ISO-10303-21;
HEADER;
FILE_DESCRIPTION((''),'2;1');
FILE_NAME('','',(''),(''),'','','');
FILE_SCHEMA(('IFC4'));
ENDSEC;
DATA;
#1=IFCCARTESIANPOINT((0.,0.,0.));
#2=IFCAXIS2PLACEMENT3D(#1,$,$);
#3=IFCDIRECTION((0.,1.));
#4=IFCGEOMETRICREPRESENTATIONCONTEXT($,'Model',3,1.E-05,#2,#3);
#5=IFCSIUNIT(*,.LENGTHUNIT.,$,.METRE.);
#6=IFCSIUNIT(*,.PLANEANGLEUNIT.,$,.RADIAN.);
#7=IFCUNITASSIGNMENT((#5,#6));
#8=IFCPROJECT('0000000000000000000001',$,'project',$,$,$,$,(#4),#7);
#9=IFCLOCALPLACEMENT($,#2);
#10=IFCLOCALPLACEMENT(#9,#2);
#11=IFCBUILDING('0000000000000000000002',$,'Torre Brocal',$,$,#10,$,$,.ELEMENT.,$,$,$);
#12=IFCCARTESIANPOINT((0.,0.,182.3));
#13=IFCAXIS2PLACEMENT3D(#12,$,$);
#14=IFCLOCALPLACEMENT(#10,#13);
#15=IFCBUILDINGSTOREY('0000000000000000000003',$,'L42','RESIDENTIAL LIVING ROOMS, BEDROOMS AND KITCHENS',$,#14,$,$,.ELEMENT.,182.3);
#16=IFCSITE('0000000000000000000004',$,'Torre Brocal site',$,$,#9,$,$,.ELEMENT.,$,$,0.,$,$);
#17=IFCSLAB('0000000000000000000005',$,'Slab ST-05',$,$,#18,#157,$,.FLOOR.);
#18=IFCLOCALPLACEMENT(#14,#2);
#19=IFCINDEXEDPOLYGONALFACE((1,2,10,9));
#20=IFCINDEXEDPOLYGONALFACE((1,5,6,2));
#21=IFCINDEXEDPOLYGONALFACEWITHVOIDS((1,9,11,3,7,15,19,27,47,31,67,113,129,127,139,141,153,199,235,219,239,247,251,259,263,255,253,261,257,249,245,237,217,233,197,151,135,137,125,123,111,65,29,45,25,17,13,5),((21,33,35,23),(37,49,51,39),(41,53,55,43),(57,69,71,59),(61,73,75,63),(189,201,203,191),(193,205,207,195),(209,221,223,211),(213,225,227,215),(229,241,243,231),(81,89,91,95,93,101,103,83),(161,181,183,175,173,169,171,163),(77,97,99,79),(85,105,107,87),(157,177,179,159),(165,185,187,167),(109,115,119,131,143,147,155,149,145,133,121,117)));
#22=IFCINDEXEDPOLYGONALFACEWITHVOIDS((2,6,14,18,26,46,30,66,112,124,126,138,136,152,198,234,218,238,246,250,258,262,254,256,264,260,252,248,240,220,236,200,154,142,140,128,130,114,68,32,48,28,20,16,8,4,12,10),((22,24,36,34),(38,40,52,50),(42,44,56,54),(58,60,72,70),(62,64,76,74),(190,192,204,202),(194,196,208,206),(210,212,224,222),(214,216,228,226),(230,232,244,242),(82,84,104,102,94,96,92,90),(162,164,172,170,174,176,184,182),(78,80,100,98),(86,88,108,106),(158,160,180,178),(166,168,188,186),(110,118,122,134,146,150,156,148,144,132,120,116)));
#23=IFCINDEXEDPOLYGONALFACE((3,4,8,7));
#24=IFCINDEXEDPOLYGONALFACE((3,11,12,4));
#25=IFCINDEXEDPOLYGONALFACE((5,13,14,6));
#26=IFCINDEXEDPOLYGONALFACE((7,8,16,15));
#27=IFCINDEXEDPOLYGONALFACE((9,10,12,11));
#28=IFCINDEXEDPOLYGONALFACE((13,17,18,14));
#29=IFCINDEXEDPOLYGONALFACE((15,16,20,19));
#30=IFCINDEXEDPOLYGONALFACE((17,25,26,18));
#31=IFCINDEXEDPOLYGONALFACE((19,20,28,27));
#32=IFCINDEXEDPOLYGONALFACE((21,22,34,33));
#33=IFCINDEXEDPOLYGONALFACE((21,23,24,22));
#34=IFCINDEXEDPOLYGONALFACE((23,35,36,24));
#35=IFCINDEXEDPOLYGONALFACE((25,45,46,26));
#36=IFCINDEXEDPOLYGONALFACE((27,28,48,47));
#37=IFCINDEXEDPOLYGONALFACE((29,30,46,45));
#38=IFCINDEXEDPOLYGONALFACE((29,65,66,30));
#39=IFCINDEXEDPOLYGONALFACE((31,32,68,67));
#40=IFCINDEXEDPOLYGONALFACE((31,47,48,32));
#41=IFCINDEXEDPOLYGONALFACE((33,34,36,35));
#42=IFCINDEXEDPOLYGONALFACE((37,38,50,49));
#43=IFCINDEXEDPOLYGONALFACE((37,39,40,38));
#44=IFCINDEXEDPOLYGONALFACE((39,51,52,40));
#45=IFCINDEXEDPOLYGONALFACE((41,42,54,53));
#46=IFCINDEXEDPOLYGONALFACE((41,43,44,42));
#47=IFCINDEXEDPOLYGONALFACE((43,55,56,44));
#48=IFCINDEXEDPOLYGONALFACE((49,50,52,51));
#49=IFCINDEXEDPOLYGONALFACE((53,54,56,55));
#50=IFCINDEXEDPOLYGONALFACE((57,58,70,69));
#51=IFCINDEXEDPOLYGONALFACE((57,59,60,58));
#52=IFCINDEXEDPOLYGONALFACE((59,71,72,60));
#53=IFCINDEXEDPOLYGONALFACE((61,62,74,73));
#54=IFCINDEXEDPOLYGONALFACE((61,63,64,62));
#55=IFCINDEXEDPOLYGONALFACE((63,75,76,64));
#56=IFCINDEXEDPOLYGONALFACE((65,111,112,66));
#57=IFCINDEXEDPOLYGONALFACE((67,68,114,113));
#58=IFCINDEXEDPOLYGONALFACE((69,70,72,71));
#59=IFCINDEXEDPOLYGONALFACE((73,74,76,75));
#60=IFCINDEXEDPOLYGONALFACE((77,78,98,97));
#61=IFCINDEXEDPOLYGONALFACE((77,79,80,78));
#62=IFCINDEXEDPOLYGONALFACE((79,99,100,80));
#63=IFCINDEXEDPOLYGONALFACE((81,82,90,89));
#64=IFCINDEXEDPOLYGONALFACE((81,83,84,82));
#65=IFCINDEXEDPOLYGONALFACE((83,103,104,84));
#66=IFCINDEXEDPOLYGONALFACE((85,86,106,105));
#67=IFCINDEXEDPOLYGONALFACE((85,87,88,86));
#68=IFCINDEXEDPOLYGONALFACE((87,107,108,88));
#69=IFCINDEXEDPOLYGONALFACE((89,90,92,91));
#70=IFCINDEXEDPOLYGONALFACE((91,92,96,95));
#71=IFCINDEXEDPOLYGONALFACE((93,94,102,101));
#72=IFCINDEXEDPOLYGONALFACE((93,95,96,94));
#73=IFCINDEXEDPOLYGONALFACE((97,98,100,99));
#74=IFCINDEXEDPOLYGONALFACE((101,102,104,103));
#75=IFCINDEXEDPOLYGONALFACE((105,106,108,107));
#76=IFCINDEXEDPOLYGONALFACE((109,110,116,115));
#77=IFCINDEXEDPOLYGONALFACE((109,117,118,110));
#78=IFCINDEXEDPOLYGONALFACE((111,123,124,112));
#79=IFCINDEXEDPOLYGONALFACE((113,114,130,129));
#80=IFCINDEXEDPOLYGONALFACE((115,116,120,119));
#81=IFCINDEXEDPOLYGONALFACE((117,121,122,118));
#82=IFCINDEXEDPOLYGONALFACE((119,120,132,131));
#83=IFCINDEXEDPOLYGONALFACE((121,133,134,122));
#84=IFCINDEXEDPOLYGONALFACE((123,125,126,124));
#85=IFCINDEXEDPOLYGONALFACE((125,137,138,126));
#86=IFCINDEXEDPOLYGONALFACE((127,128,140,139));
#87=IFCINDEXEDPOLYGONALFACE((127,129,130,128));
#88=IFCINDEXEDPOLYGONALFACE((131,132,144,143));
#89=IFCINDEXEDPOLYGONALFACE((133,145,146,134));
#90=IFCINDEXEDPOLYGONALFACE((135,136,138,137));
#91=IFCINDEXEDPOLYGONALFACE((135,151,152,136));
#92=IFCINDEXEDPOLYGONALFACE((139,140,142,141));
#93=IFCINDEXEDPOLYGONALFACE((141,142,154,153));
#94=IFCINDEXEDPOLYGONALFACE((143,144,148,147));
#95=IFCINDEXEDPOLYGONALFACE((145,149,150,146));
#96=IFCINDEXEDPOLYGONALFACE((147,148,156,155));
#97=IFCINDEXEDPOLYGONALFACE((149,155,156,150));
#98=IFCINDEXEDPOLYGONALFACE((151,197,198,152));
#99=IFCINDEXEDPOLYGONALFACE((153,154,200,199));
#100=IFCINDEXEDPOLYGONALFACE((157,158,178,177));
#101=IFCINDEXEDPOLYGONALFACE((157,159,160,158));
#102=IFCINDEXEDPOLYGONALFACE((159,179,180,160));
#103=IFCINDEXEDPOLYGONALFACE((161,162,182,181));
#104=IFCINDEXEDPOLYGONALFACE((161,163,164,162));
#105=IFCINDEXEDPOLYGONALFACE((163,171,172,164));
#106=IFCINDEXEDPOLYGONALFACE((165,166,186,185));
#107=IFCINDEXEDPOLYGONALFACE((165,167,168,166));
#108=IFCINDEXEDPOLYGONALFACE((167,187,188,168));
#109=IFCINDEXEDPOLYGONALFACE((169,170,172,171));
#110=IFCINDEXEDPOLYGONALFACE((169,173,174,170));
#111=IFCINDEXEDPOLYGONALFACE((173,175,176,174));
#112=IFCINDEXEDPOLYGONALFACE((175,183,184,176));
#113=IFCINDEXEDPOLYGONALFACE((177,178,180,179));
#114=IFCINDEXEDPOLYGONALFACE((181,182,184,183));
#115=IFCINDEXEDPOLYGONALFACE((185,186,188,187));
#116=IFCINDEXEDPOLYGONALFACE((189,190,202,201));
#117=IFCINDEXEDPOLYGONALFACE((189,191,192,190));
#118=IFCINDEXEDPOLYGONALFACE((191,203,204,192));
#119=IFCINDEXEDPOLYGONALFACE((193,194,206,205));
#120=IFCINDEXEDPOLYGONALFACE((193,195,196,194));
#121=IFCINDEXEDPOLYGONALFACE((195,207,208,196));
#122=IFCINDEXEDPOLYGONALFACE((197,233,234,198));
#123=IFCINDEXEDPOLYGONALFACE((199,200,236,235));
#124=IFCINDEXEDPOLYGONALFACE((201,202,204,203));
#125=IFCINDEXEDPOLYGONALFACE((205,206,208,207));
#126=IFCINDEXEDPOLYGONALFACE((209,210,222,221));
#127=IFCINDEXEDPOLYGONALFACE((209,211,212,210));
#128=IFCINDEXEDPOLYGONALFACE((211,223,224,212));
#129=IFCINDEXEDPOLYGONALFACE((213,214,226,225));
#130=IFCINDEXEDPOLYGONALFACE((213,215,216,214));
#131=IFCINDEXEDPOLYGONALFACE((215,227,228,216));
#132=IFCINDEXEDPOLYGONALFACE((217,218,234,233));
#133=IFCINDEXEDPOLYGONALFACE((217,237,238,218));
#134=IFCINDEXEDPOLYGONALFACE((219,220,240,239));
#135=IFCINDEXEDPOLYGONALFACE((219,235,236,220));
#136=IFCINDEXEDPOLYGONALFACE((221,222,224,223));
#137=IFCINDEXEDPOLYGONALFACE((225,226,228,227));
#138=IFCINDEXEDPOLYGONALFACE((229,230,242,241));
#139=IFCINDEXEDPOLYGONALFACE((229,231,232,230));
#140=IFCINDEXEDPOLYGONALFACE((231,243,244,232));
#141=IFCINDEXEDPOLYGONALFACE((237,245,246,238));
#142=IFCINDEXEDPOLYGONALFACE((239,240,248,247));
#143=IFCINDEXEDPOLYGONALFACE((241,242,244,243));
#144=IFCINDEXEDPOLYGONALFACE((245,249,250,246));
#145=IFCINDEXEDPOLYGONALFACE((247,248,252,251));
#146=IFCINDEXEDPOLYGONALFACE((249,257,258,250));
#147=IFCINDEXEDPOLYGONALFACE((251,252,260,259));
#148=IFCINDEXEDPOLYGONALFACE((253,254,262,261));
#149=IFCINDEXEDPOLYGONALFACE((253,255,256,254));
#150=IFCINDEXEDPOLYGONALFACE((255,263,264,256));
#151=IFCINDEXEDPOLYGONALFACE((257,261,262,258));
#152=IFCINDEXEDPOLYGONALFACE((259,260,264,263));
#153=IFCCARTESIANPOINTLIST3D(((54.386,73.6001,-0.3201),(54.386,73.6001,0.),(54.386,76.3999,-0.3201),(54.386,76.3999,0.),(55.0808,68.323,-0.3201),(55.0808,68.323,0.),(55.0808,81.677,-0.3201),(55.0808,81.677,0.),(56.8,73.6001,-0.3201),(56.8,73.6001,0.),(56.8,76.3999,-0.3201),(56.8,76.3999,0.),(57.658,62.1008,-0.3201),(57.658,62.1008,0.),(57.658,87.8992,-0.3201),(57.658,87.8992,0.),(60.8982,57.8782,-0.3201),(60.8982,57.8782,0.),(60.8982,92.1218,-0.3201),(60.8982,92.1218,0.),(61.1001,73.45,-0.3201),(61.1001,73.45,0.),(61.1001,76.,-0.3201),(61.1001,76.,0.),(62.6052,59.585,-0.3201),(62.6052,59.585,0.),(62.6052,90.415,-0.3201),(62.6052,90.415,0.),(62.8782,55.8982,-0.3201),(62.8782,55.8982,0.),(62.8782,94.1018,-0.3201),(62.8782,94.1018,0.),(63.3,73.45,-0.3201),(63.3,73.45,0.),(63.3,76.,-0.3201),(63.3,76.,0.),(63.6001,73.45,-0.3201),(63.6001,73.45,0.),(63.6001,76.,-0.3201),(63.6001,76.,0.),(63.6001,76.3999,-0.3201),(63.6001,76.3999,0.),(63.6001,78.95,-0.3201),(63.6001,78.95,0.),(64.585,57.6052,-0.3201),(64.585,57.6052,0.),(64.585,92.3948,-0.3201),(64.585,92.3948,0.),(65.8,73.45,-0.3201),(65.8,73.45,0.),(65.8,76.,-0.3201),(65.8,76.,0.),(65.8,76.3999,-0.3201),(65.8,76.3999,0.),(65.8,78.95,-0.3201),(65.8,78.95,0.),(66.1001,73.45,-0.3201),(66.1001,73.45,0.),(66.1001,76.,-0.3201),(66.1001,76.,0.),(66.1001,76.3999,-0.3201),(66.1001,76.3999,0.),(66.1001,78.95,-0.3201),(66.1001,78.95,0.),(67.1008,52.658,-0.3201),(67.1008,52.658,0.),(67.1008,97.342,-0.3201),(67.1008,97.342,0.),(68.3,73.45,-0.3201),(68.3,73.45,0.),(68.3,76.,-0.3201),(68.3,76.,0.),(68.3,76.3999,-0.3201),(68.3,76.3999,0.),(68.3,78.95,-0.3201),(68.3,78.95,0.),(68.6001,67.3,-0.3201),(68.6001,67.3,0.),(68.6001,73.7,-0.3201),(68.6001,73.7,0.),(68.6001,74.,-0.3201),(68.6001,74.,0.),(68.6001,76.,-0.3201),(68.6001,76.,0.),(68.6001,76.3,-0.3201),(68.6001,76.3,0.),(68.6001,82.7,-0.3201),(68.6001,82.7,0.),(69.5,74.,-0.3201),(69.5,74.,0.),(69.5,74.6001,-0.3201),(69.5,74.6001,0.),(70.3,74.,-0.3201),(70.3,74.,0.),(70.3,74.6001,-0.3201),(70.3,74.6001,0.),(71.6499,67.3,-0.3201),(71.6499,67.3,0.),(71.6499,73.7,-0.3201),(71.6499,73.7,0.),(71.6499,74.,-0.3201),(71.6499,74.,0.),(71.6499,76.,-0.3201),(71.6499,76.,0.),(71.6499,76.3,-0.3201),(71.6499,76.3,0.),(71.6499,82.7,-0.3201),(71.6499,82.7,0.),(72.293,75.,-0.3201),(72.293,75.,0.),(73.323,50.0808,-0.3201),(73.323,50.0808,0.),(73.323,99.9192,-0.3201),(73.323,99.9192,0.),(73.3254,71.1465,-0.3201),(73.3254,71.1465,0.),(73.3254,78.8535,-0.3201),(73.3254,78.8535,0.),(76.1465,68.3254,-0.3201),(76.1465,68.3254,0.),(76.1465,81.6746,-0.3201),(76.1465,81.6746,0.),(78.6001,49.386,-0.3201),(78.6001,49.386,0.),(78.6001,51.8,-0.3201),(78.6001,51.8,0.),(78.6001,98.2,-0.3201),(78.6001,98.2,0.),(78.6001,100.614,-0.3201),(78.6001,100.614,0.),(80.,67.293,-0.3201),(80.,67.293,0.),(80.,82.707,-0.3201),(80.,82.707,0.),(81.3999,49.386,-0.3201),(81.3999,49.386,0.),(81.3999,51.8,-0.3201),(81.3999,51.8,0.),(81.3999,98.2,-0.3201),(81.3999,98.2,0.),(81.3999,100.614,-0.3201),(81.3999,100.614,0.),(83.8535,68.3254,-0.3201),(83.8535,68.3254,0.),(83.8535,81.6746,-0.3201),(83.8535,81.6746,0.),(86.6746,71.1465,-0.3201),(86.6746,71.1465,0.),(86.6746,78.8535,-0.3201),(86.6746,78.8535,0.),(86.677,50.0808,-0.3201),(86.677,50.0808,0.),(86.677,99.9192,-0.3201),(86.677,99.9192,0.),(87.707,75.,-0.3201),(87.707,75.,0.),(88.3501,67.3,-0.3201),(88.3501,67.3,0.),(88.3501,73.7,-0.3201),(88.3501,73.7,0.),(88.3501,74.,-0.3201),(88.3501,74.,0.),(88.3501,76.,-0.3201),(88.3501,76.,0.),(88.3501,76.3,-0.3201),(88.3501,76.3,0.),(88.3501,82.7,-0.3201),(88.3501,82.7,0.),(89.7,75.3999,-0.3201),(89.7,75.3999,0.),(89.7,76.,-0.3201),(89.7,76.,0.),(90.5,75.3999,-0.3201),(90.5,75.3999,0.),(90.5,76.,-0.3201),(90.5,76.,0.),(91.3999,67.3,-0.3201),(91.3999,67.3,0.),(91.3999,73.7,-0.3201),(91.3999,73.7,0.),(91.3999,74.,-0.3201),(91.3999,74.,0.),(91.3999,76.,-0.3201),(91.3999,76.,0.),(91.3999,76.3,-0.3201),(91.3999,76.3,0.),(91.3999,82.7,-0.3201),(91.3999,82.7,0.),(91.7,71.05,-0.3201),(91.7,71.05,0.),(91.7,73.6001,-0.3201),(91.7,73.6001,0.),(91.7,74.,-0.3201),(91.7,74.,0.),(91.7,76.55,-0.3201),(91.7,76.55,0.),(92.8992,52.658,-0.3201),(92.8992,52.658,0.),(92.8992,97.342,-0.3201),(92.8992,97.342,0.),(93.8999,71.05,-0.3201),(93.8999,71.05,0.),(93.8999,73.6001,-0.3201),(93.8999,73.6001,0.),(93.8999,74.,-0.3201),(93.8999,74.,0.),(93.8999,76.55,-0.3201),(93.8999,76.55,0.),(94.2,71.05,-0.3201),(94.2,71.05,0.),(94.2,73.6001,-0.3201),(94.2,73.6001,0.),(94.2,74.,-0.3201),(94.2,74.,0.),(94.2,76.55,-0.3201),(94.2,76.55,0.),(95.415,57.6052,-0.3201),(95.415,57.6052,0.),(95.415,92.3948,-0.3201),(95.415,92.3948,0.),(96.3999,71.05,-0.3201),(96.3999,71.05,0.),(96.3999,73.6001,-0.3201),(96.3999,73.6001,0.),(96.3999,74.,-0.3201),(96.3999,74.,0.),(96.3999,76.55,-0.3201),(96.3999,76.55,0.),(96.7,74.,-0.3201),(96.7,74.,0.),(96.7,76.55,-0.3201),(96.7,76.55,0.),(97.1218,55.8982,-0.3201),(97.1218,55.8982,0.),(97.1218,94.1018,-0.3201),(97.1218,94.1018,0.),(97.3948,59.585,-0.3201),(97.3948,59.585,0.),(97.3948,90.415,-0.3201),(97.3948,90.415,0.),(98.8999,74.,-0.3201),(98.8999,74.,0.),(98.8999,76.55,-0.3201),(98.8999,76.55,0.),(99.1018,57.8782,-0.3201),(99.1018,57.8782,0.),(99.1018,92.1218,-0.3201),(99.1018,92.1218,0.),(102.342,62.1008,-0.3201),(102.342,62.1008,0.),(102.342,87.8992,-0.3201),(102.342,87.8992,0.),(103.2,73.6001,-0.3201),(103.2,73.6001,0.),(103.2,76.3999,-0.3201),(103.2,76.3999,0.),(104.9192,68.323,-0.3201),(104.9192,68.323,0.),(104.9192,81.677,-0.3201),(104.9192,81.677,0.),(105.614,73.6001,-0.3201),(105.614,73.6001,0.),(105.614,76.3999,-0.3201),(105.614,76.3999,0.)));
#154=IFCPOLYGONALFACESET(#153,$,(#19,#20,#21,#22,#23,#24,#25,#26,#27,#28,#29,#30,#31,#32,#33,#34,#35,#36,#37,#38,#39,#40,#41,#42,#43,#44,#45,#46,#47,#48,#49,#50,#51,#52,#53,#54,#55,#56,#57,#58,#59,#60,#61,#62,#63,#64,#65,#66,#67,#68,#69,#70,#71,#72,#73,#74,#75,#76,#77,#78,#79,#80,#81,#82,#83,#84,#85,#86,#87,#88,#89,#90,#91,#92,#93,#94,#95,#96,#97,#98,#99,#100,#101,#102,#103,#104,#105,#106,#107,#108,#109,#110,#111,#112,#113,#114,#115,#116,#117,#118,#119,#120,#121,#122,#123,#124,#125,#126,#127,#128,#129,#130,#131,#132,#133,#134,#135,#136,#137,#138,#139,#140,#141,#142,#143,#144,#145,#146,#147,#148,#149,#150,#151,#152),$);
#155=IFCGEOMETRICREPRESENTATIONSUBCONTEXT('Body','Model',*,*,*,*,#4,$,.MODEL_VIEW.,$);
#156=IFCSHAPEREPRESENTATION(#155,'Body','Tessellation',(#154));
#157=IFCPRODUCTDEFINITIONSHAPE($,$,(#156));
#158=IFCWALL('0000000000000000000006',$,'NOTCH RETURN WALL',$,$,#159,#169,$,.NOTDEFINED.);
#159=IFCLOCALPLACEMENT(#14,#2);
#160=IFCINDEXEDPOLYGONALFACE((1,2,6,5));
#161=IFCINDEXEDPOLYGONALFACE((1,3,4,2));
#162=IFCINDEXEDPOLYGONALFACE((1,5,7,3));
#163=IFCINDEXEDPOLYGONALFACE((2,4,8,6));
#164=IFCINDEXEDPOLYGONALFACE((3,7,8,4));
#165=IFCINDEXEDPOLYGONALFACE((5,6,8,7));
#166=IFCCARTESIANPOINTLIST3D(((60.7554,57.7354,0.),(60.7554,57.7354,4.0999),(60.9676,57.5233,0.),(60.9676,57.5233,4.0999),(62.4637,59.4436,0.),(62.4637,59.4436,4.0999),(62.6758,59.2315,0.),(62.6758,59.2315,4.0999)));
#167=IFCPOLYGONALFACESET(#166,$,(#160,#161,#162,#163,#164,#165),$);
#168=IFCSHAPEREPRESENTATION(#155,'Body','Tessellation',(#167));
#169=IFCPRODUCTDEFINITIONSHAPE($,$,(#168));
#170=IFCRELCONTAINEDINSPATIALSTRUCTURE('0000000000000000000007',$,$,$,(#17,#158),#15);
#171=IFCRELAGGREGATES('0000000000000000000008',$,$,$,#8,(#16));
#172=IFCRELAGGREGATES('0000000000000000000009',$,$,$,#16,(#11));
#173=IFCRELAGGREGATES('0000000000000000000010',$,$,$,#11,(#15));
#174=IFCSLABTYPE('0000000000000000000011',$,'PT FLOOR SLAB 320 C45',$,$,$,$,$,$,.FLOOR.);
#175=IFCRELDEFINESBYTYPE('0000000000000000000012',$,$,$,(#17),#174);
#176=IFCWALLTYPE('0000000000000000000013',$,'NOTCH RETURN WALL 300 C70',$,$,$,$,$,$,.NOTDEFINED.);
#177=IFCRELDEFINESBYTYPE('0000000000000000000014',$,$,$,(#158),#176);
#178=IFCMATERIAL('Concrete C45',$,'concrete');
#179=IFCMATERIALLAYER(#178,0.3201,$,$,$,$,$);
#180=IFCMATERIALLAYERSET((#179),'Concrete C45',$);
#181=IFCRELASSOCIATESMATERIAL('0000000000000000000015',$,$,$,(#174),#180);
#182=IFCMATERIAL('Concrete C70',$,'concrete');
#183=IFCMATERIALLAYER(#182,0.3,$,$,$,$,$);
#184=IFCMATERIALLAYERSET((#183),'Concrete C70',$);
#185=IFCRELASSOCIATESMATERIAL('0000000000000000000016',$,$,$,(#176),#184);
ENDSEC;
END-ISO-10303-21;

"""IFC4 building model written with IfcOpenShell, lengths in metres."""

from ifc_helpers import new_model, si_unit, direction, frame, frame_2d, origin, place, context, subcontext, project, spatial, polyline, rectangle, outline, extrude, material, layer, layer_set, type_object, element, save


model = new_model("IFC4")

# Units and contexts
model_context = context("Model", 3, precision=1e-05, world=origin(), true_north=direction((0.0, 1.0)))
body_context = subcontext(model_context, "Body", "Model", "MODEL_VIEW")
ifc_project = project(units=[si_unit("LENGTHUNIT", "METRE"), si_unit("PLANEANGLEUNIT", "RADIAN")], contexts=[model_context])

# Site, building, storey
site_placement = place(None, origin())
site = spatial("IfcSite", under=ifc_project, at=site_placement, Name="Torre Brocal site", CompositionType="ELEMENT", RefElevation=0.0)
building_placement = place(site_placement, origin())
building = spatial("IfcBuilding", under=site, at=building_placement, Name="Torre Brocal", CompositionType="ELEMENT")
storey_placement = place(building_placement, frame((0.0, 0.0, 182.3)))
storey = spatial("IfcBuildingStorey", under=building, at=storey_placement, Name="L42", Description="RESIDENTIAL LIVING ROOMS, BEDROOMS AND KITCHENS", CompositionType="ELEMENT", Elevation=182.3)

# Slab
ifc_material_1 = material(Name="Concrete C45", Category="concrete")
ifc_layer_1 = layer(ifc_material_1, 0.3201)
ifc_layer_set_1 = layer_set([ifc_layer_1], Name="Concrete C45")
slab_type_1 = type_object("IfcSlabType", Name="PT FLOOR SLAB 320 C45", PredefinedType="FLOOR", material=ifc_layer_set_1)
slab_1_placement = place(storey_placement, frame((0.0, 0.0, -0.3201)))
element("IfcSlab", 1, at=slab_1_placement, inside=storey, type_object=slab_type_1, Name="Slab ST-05", PredefinedType="FLOOR", context=body_context, shape_type="SweptSolid", body=[
    extrude(outline(polyline([(103.2, 76.3999), (103.2, 73.6001), (105.614, 73.6001), (104.9192, 68.323), (102.342, 62.1008), (99.1018, 57.8782), (97.3948, 59.585), (95.415, 57.6052), (97.1218, 55.8982), (92.8992, 52.658), (86.677, 50.0808), (81.3999, 49.386), (81.3999, 51.8), (78.6001, 51.8), (78.6001, 49.386), (73.323, 50.0808), (67.1008, 52.658), (62.8782, 55.8982), (64.585, 57.6052), (62.6052, 59.585), (60.8982, 57.8782), (57.658, 62.1008), (55.0808, 68.323), (54.386, 73.6001), (56.8, 73.6001), (56.8, 76.3999), (54.386, 76.3999), (55.0808, 81.677), (57.658, 87.8992), (60.8982, 92.1218), (62.6052, 90.415), (64.585, 92.3948), (62.8782, 94.1018), (67.1008, 97.342), (73.323, 99.9192), (78.6001, 100.614), (78.6001, 98.2), (81.3999, 98.2), (81.3999, 100.614), (86.677, 99.9192), (92.8992, 97.342), (97.1218, 94.1018), (95.415, 92.3948), (97.3948, 90.415), (99.1018, 92.1218), (102.342, 87.8992), (104.9192, 81.677), (105.614, 76.3999), (103.2, 76.3999)]), holes=[polyline([(98.8999, 76.55), (96.7, 76.55), (96.7, 74.0), (98.8999, 74.0), (98.8999, 76.55)]), polyline([(96.3999, 76.55), (94.2, 76.55), (94.2, 74.0), (96.3999, 74.0), (96.3999, 76.55)]), polyline([(96.3999, 73.6001), (94.2, 73.6001), (94.2, 71.05), (96.3999, 71.05), (96.3999, 73.6001)]), polyline([(93.8999, 76.55), (91.7, 76.55), (91.7, 74.0), (93.8999, 74.0), (93.8999, 76.55)]), polyline([(93.8999, 73.6001), (91.7, 73.6001), (91.7, 71.05), (93.8999, 71.05), (93.8999, 73.6001)]), polyline([(89.7, 76.0), (88.3501, 76.0), (88.3501, 74.0), (91.3999, 74.0), (91.3999, 76.0), (90.5, 76.0), (90.5, 75.3999), (89.7, 75.3999), (89.7, 76.0)]), polyline([(91.3999, 82.7), (88.3501, 82.7), (88.3501, 76.3), (91.3999, 76.3), (91.3999, 82.7)]), polyline([(91.3999, 73.7), (88.3501, 73.7), (88.3501, 67.3), (91.3999, 67.3), (91.3999, 73.7)]), polyline([(80.0, 82.707), (76.1465, 81.6746), (73.3254, 78.8535), (72.293, 75.0), (73.3254, 71.1465), (76.1465, 68.3254), (80.0, 67.293), (83.8535, 68.3254), (86.6746, 71.1465), (87.707, 75.0), (86.6746, 78.8535), (83.8535, 81.6746), (80.0, 82.707)]), polyline([(70.3, 74.0), (71.6499, 74.0), (71.6499, 76.0), (68.6001, 76.0), (68.6001, 74.0), (69.5, 74.0), (69.5, 74.6001), (70.3, 74.6001), (70.3, 74.0)]), polyline([(68.6001, 76.3), (71.6499, 76.3), (71.6499, 82.7), (68.6001, 82.7), (68.6001, 76.3)]), polyline([(68.6001, 67.3), (71.6499, 67.3), (71.6499, 73.7), (68.6001, 73.7), (68.6001, 67.3)]), polyline([(66.1001, 76.3999), (68.3, 76.3999), (68.3, 78.95), (66.1001, 78.95), (66.1001, 76.3999)]), polyline([(66.1001, 73.45), (68.3, 73.45), (68.3, 76.0), (66.1001, 76.0), (66.1001, 73.45)]), polyline([(63.6001, 76.3999), (65.8, 76.3999), (65.8, 78.95), (63.6001, 78.95), (63.6001, 76.3999)]), polyline([(63.6001, 73.45), (65.8, 73.45), (65.8, 76.0), (63.6001, 76.0), (63.6001, 73.45)]), polyline([(61.1001, 73.45), (63.3, 73.45), (63.3, 76.0), (61.1001, 76.0), (61.1001, 73.45)])]), origin(), (0.0, 0.0, 1.0), 0.3201),
])

# Wall
ifc_material_2 = material(Name="Concrete C70", Category="concrete")
ifc_layer_2 = layer(ifc_material_2, 0.3)
ifc_layer_set_2 = layer_set([ifc_layer_2], Name="Concrete C70")
wall_type_1 = type_object("IfcWallType", Name="NOTCH RETURN WALL 300 C70", PredefinedType="NOTDEFINED", material=ifc_layer_set_2)
for number, where, z_axis, x_axis, name in (
    (2, (62.5698, 59.3376, 0.0), (0.0, 0.0, 1.0), (-0.707107, -0.707107, 0.0), "NOTCH RETURN WALL"),
):
    element("IfcWall", number, at=place(storey_placement, frame(where, z_axis=z_axis, x_axis=x_axis)), inside=storey, type_object=wall_type_1, Name=name, PredefinedType="NOTDEFINED", context=body_context, shape_type="SweptSolid", body=[
        extrude(rectangle(XDim=2.4158, YDim=0.3, at=frame_2d((1.208, 0.0))), origin(), (0.0, 0.0, 1.0), 4.0999),
    ])

save(model, "model.ifc")
